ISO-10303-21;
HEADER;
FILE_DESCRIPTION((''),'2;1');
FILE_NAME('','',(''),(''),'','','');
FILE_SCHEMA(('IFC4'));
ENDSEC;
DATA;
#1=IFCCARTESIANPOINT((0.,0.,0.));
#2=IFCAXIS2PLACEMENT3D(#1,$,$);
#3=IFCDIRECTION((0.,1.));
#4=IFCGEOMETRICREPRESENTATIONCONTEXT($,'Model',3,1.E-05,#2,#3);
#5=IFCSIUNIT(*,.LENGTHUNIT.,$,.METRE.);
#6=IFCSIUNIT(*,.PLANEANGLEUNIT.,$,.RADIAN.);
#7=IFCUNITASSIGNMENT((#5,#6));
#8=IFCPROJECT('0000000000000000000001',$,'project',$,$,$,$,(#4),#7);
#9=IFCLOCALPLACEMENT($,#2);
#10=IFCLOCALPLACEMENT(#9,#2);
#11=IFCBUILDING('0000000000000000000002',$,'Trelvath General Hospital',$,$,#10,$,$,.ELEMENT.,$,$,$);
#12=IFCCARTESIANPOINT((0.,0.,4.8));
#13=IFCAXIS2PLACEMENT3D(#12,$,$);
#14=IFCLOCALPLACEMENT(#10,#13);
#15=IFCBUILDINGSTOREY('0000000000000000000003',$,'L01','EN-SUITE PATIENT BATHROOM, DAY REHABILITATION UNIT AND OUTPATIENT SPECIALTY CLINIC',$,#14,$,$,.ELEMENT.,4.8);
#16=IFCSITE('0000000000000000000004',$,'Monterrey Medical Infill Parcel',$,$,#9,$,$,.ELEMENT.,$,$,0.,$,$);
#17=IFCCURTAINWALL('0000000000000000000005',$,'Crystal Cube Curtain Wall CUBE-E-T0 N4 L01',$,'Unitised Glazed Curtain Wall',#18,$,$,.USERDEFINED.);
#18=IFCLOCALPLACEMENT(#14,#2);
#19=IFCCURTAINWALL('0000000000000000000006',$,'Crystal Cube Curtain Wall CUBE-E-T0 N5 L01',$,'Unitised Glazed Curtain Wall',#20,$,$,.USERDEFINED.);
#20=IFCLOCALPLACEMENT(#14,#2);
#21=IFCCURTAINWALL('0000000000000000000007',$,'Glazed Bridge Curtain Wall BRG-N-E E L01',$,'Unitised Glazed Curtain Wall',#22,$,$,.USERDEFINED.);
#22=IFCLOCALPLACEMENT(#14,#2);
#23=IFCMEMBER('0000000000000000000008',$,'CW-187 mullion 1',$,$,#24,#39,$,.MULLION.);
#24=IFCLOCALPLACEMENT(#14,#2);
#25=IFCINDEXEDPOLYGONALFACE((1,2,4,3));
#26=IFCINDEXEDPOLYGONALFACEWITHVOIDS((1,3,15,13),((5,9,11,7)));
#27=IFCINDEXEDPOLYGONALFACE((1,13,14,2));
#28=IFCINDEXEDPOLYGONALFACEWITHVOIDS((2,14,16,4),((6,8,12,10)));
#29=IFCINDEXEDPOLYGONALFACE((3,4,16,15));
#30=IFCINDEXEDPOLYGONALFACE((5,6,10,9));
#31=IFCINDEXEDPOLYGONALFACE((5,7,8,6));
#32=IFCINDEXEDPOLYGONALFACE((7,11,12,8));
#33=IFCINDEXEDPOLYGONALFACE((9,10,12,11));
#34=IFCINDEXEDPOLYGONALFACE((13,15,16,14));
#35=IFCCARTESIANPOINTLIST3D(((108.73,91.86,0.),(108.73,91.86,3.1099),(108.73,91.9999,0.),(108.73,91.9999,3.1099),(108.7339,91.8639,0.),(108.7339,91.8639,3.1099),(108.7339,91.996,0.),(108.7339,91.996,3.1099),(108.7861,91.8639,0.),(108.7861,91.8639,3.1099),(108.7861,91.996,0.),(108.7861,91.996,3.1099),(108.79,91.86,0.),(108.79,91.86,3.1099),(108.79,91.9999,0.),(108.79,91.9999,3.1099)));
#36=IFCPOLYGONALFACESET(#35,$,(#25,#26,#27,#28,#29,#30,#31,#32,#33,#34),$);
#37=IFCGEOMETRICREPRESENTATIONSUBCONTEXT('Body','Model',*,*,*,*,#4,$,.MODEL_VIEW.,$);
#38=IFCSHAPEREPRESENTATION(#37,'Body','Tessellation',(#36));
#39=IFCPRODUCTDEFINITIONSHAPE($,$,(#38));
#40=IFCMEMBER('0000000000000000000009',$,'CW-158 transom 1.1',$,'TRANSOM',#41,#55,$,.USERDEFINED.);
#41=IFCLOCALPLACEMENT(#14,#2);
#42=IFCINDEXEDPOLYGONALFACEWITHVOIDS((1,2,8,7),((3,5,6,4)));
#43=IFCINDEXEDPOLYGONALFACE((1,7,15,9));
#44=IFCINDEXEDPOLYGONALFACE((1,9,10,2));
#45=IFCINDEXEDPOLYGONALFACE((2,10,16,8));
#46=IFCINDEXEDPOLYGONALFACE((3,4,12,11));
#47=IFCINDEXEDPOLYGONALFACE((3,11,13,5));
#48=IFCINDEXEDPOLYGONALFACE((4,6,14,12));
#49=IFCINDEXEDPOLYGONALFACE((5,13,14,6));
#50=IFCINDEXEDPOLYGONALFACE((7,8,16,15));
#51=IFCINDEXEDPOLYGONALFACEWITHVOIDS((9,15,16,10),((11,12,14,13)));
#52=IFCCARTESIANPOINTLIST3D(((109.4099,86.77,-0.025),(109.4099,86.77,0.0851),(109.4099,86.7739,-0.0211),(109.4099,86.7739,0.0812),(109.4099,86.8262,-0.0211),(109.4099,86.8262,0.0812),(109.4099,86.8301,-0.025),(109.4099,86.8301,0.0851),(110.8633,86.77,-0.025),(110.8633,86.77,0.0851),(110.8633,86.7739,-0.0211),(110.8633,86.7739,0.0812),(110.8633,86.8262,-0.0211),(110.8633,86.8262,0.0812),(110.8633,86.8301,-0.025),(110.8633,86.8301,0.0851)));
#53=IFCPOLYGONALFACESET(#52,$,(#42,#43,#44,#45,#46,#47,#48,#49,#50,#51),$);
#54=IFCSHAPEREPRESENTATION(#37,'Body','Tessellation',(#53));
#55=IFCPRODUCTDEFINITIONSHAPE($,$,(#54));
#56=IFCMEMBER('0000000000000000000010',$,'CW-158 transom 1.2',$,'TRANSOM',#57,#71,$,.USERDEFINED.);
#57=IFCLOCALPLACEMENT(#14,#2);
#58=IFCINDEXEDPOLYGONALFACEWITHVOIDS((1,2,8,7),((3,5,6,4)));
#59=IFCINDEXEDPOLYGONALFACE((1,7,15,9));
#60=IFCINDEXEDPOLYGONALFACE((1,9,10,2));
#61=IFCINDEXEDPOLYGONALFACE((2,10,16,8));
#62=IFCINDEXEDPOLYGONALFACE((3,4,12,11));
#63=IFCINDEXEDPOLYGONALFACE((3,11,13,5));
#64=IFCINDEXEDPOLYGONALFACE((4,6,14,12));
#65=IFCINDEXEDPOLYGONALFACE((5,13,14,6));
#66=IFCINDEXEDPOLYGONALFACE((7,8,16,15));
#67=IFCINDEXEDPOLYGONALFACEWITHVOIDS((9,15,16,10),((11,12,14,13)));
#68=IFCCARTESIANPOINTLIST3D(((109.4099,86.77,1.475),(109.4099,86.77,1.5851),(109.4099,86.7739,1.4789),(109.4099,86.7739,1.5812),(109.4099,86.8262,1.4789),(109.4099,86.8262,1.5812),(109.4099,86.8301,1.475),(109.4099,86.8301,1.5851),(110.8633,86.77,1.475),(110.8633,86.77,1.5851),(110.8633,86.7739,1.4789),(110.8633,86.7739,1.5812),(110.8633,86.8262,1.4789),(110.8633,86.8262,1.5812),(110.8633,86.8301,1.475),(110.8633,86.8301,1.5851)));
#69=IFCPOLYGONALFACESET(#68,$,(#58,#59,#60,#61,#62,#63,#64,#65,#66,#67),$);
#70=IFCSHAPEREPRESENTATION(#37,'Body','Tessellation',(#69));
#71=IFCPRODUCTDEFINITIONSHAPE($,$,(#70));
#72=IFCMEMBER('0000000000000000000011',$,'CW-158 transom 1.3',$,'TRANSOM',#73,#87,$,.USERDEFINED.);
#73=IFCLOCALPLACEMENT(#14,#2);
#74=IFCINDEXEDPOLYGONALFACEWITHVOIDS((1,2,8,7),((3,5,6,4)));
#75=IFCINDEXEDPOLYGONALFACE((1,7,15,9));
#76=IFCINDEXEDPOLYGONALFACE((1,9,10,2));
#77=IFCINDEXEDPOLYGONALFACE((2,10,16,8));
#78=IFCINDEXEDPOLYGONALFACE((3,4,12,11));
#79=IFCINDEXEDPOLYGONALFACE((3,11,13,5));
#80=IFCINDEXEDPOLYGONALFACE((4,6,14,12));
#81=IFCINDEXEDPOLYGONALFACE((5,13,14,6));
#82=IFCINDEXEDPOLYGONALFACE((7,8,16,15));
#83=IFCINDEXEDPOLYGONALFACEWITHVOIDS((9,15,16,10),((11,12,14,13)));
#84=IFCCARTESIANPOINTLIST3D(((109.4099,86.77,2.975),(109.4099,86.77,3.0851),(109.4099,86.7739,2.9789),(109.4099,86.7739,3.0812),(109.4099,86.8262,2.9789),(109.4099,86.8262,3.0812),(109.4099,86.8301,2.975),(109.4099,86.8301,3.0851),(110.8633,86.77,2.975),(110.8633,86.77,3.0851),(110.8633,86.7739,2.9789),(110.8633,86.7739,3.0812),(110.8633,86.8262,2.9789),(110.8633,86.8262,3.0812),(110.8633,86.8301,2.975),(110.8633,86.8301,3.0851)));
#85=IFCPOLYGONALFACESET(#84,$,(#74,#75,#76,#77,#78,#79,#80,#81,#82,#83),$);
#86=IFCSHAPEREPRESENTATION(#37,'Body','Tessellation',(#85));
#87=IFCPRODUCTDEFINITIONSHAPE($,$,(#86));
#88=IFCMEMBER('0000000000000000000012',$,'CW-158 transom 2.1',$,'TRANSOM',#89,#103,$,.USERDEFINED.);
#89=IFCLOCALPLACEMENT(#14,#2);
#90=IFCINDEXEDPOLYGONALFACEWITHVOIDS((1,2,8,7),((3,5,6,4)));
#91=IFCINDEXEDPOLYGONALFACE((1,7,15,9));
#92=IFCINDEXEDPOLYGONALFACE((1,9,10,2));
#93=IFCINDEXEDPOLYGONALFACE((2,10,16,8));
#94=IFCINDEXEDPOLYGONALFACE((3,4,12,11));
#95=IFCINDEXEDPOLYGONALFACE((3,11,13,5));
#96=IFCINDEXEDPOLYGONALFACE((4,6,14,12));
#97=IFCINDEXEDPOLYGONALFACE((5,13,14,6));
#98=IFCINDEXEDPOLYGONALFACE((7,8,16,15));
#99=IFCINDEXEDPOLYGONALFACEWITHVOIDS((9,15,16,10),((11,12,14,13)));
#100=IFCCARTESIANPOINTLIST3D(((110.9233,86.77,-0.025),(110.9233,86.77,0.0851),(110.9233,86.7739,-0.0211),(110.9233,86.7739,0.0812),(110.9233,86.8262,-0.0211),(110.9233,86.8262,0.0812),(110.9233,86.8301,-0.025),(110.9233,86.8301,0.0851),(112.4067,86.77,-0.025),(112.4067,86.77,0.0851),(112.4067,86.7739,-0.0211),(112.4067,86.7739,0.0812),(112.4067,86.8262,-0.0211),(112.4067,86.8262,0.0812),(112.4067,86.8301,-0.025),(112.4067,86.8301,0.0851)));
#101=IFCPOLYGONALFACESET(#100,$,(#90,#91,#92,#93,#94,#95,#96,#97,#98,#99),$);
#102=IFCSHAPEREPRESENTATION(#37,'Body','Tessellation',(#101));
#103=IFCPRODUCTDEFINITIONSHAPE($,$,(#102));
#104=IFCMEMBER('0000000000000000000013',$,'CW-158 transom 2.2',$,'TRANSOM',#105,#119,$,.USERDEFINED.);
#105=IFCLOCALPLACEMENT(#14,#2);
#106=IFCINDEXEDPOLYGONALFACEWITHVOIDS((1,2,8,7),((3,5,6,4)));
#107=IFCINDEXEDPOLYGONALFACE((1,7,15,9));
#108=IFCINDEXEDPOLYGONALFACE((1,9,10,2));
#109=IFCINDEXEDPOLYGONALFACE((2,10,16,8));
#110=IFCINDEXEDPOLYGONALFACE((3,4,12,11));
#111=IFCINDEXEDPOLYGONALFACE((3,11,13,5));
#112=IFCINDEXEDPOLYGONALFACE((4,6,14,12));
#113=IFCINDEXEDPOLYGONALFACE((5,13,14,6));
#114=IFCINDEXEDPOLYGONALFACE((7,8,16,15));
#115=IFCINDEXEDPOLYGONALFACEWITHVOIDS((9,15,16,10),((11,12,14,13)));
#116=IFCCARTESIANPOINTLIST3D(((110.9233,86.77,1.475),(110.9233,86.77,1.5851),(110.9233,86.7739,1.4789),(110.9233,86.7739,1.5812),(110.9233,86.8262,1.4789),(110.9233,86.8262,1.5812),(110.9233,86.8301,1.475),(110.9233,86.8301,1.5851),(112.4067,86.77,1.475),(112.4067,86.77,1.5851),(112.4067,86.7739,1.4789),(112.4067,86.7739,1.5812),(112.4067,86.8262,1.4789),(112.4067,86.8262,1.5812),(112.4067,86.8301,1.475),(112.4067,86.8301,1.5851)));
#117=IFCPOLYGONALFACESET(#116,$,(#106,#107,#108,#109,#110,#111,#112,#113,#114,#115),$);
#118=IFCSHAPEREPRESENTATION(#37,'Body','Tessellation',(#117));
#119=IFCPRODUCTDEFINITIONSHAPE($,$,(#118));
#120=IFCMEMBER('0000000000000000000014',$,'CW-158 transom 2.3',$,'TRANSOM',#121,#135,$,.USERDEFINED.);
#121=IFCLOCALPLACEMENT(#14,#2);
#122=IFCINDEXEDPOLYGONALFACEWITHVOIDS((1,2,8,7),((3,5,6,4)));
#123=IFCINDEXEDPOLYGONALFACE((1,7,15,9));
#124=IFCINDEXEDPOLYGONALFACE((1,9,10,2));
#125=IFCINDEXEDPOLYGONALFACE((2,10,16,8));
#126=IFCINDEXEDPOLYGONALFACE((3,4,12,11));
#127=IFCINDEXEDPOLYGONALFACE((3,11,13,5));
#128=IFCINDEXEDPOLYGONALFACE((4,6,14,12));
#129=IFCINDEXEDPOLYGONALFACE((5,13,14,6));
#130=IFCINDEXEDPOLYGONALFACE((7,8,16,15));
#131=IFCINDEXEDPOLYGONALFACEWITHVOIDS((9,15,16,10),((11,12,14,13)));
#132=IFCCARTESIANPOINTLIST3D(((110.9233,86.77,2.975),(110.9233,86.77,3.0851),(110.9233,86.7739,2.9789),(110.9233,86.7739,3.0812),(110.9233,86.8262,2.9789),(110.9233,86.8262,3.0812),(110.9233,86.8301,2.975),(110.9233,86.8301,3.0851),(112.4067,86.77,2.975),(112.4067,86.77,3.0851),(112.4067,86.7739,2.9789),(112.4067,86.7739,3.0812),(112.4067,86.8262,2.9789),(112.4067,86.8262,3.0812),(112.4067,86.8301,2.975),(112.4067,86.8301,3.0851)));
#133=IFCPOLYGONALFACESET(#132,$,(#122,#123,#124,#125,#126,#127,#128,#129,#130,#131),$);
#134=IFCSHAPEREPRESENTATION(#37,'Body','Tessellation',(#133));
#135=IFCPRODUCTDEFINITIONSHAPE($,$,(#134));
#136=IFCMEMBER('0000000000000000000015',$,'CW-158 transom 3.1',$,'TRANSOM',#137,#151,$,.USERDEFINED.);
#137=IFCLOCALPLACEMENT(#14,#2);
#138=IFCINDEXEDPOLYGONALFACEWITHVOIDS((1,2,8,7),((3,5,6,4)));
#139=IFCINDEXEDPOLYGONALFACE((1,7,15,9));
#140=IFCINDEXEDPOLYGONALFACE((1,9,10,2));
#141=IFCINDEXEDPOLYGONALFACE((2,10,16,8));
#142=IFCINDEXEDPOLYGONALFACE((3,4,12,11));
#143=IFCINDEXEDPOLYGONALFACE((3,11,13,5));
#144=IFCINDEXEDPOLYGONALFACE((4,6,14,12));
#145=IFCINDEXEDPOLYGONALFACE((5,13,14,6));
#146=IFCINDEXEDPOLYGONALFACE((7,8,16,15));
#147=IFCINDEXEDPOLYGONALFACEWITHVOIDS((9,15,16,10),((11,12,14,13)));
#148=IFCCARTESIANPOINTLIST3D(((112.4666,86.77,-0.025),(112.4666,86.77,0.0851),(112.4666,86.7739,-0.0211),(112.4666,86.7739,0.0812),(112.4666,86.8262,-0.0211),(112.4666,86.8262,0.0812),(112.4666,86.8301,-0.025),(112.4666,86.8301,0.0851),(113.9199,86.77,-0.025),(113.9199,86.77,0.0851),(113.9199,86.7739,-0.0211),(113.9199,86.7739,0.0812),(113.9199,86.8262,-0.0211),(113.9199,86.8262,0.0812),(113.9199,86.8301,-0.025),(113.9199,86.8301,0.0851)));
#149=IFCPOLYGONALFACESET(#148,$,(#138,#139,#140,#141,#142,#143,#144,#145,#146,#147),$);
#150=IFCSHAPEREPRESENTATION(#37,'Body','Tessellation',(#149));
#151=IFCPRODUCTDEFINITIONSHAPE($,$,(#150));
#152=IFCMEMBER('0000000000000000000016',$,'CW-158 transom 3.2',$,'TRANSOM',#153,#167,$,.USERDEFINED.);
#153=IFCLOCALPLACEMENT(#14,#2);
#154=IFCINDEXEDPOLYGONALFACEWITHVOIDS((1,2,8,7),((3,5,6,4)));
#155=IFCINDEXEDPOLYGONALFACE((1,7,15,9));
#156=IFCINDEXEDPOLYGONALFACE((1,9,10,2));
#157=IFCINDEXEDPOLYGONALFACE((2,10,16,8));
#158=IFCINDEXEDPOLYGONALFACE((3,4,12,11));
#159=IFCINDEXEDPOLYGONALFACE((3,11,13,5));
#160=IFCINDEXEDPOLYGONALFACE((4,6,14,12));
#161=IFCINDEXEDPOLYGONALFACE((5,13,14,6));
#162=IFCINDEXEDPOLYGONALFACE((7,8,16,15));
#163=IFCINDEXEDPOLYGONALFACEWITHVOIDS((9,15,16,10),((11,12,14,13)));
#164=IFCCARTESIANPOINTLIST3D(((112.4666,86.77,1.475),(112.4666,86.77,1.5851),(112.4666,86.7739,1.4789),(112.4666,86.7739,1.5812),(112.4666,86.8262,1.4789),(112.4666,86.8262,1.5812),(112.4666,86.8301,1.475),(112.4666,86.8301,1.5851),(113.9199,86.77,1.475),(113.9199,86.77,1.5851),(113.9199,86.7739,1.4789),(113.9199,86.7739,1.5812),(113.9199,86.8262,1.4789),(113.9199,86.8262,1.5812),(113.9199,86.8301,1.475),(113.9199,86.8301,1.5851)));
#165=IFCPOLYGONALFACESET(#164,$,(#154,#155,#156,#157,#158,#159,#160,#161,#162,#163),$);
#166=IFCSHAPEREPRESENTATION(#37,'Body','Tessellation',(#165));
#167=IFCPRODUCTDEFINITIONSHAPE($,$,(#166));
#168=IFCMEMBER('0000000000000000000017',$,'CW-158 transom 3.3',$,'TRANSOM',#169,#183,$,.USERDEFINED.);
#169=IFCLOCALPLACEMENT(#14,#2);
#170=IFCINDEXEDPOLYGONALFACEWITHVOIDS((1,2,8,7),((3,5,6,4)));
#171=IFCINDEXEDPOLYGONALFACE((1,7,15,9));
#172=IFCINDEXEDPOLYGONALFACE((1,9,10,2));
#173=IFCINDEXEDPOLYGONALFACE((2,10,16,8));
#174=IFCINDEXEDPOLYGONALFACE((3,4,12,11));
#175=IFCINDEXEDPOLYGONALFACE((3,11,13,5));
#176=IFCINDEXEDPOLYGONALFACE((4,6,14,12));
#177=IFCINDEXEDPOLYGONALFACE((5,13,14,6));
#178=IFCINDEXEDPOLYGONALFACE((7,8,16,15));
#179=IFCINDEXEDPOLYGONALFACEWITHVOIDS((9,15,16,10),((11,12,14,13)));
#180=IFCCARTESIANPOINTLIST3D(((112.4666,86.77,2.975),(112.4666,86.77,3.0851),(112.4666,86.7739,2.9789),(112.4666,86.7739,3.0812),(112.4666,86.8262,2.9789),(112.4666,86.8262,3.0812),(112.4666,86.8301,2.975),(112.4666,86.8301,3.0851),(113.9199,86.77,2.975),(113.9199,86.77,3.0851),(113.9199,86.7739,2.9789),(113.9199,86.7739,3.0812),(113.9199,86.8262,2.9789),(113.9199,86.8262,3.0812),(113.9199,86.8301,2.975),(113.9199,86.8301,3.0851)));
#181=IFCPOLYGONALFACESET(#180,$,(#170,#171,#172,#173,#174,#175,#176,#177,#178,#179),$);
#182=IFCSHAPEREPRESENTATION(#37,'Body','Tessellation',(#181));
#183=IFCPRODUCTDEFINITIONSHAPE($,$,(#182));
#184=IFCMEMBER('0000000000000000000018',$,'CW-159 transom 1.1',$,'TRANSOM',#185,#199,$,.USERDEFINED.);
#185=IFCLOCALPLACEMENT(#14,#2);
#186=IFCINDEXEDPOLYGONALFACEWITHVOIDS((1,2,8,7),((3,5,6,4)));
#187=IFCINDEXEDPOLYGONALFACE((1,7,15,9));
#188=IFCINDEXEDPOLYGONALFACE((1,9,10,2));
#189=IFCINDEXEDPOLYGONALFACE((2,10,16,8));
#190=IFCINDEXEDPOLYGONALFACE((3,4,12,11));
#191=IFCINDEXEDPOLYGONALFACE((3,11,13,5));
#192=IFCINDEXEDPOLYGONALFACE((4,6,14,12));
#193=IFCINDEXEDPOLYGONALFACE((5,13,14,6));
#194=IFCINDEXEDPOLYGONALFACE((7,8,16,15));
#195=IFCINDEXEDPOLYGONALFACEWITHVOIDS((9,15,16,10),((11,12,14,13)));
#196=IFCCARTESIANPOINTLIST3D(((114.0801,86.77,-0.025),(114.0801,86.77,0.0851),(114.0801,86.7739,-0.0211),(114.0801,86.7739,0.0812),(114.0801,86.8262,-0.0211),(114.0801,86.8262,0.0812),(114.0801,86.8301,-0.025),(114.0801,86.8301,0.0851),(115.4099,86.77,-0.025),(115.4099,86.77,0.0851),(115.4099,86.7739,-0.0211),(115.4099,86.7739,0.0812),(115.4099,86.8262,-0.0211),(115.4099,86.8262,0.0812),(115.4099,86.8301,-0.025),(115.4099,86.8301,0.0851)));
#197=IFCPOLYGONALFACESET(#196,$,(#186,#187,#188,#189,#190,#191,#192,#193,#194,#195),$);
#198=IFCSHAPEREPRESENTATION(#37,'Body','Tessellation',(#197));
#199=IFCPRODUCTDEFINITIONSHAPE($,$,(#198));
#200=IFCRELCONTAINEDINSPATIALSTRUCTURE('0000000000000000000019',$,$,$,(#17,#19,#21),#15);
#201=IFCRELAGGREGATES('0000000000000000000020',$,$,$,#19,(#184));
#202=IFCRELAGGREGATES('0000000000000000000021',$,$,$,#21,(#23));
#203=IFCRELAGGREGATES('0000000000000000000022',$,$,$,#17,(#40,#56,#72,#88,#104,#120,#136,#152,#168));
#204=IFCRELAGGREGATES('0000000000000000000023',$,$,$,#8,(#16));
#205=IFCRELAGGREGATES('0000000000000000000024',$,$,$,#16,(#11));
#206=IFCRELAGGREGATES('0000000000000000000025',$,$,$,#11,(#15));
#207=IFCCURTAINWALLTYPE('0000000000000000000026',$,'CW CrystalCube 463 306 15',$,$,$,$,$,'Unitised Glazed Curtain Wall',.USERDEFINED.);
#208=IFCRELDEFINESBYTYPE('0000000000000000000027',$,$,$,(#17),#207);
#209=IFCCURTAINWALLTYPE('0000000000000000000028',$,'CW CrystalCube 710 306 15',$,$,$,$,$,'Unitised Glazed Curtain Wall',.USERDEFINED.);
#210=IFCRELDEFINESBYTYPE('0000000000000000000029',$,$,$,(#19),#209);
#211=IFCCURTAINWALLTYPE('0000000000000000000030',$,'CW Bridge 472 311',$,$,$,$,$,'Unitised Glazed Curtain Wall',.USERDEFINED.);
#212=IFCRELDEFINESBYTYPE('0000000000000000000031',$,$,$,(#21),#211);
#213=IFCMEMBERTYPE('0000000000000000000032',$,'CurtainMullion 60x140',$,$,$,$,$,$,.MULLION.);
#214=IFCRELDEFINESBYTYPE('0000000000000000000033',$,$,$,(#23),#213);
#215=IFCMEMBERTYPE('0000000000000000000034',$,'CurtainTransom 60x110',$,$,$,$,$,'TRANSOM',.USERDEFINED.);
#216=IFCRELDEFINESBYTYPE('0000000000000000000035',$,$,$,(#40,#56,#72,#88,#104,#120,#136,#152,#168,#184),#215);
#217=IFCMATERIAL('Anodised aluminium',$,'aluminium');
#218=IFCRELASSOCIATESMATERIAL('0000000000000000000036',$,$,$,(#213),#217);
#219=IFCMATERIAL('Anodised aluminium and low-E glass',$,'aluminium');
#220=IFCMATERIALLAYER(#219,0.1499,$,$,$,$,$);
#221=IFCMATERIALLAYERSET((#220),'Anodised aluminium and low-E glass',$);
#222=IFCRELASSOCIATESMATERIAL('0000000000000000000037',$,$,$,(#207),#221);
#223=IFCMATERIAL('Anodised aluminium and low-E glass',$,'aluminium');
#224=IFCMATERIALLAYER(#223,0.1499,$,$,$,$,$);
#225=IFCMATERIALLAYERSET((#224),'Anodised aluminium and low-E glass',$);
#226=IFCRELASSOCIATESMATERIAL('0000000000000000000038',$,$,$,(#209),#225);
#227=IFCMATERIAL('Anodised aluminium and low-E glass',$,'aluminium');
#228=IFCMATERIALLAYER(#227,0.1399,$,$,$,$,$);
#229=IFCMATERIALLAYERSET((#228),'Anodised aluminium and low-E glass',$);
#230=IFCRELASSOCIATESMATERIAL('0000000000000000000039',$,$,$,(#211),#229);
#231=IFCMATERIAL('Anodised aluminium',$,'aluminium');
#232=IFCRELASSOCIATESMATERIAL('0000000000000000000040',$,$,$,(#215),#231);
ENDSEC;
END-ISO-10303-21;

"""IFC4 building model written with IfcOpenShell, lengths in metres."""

from ifc_helpers import new_model, si_unit, direction, frame, origin, origin_2d, place, context, subcontext, project, spatial, hollow_rectangle, extrude, material, layer, layer_set, material_profile, profile_set, type_object, element, aggregate, save


model = new_model("IFC4")

# Units and contexts
model_context = context("Model", 3, precision=1e-05, world=origin(), true_north=direction((0.0, 1.0)))
body_context = subcontext(model_context, "Body", "Model", "MODEL_VIEW")
ifc_project = project(units=[si_unit("LENGTHUNIT", "METRE"), si_unit("PLANEANGLEUNIT", "RADIAN")], contexts=[model_context])

# Site, building, storey
site_placement = place(None, origin())
site = spatial("IfcSite", under=ifc_project, at=site_placement, Name="Monterrey Medical Infill Parcel", CompositionType="ELEMENT", RefElevation=0.0)
building_placement = place(site_placement, origin())
building = spatial("IfcBuilding", under=site, at=building_placement, Name="Trelvath General Hospital", CompositionType="ELEMENT")
storey_placement = place(building_placement, frame((0.0, 0.0, 4.8)))
storey = spatial("IfcBuildingStorey", under=building, at=storey_placement, Name="L01", Description="EN-SUITE PATIENT BATHROOM, DAY REHABILITATION UNIT AND OUTPATIENT SPECIALTY CLINIC", CompositionType="ELEMENT", Elevation=4.8)

# Shared definitions
ifc_material_1 = material(Name="Anodised aluminium", Category="aluminium")
ifc_material_profile_1 = material_profile(ifc_material_1, hollow_rectangle(XDim=0.0601, YDim=0.1399, WallThickness=0.0039, at=origin_2d()), Name="RHS60x140x4")
ifc_profile_set_1 = profile_set([ifc_material_profile_1], Name="Anodised aluminium")
member_type_1 = type_object("IfcMemberType", Name="CurtainMullion 60x140", PredefinedType="MULLION", material=ifc_profile_set_1)

# Curtain wall
ifc_material_2 = material(Name="Anodised aluminium and low-E glass", Category="aluminium")
ifc_layer_1 = layer(ifc_material_2, 0.1499)
ifc_layer_set_1 = layer_set([ifc_layer_1], Name="Anodised aluminium and low-E glass")
curtain_wall_type_1 = type_object("IfcCurtainWallType", Name="CW CrystalCube 463 306 15", ElementType="Unitised Glazed Curtain Wall", PredefinedType="USERDEFINED", material=ifc_layer_set_1)
curtain_wall_1_placement = place(storey_placement, origin())
curtain_wall_1 = element("IfcCurtainWall", 1, at=curtain_wall_1_placement, inside=storey, type_object=curtain_wall_type_1, Name="Crystal Cube Curtain Wall CUBE-E-T0 N4 L01", ObjectType="Unitised Glazed Curtain Wall", PredefinedType="USERDEFINED")

# Curtain walls, member
ifc_material_3 = material(Name="Anodised aluminium and low-E glass", Category="aluminium")
ifc_layer_2 = layer(ifc_material_3, 0.1499)
ifc_layer_set_2 = layer_set([ifc_layer_2], Name="Anodised aluminium and low-E glass")
curtain_wall_type_2 = type_object("IfcCurtainWallType", Name="CW CrystalCube 710 306 15", ElementType="Unitised Glazed Curtain Wall", PredefinedType="USERDEFINED", material=ifc_layer_set_2)
curtain_wall_2_placement = place(storey_placement, origin())
curtain_wall_2 = element("IfcCurtainWall", 2, at=curtain_wall_2_placement, inside=storey, type_object=curtain_wall_type_2, Name="Crystal Cube Curtain Wall CUBE-E-T0 N5 L01", ObjectType="Unitised Glazed Curtain Wall", PredefinedType="USERDEFINED")
ifc_material_4 = material(Name="Anodised aluminium and low-E glass", Category="aluminium")
ifc_layer_3 = layer(ifc_material_4, 0.1399)
ifc_layer_set_3 = layer_set([ifc_layer_3], Name="Anodised aluminium and low-E glass")
curtain_wall_type_3 = type_object("IfcCurtainWallType", Name="CW Bridge 472 311", ElementType="Unitised Glazed Curtain Wall", PredefinedType="USERDEFINED", material=ifc_layer_set_3)
curtain_wall_3_placement = place(storey_placement, origin())
curtain_wall_3 = element("IfcCurtainWall", 3, at=curtain_wall_3_placement, inside=storey, type_object=curtain_wall_type_3, Name="Glazed Bridge Curtain Wall BRG-N-E E L01", ObjectType="Unitised Glazed Curtain Wall", PredefinedType="USERDEFINED")
member_1_placement = place(storey_placement, frame((108.76, 91.9299, 0.0), z_axis=(0.0, 0.0, 1.0), x_axis=(1.0, 0.0, 0.0)))
member_1 = element("IfcMember", 4, at=member_1_placement, type_object=member_type_1, Name="CW-187 mullion 1", PredefinedType="MULLION", context=body_context, shape_type="SweptSolid", body=[
    extrude(hollow_rectangle(XDim=0.0601, YDim=0.1399, WallThickness=0.0039, at=origin_2d()), origin(), (0.0, 0.0, 1.0), 3.1099),
])

# Members
ifc_material_5 = material(Name="Anodised aluminium", Category="aluminium")
ifc_material_profile_2 = material_profile(ifc_material_5, hollow_rectangle(XDim=0.0601, YDim=0.1101, WallThickness=0.0039, at=origin_2d()), Name="RHS60x110x4")
ifc_profile_set_2 = profile_set([ifc_material_profile_2], Name="Anodised aluminium")
member_type_2 = type_object("IfcMemberType", Name="CurtainTransom 60x110", ElementType="TRANSOM", PredefinedType="USERDEFINED", material=ifc_profile_set_2)
member_2_placement = place(storey_placement, frame((109.4099, 86.8, 0.03), z_axis=(1.0, 0.0, 0.0), x_axis=(0.0, 1.0, 0.0)))
member_2 = element("IfcMember", 5, at=member_2_placement, type_object=member_type_2, Name="CW-158 transom 1.1", ObjectType="TRANSOM", PredefinedType="USERDEFINED", context=body_context, shape_type="SweptSolid", body=[
    extrude(hollow_rectangle(XDim=0.0601, YDim=0.1101, WallThickness=0.0039, at=origin_2d()), origin(), (0.0, 0.0, 1.0), 1.4534),
])
member_3_placement = place(storey_placement, frame((109.4099, 86.8, 1.53), z_axis=(1.0, 0.0, 0.0), x_axis=(0.0, 1.0, 0.0)))
member_3 = element("IfcMember", 6, at=member_3_placement, type_object=member_type_2, Name="CW-158 transom 1.2", ObjectType="TRANSOM", PredefinedType="USERDEFINED", context=body_context, shape_type="SweptSolid", body=[
    extrude(hollow_rectangle(XDim=0.0601, YDim=0.1101, WallThickness=0.0039, at=origin_2d()), origin(), (0.0, 0.0, 1.0), 1.4534),
])
member_4_placement = place(storey_placement, frame((109.4099, 86.8, 3.03), z_axis=(1.0, 0.0, 0.0), x_axis=(0.0, 1.0, 0.0)))
member_4 = element("IfcMember", 7, at=member_4_placement, type_object=member_type_2, Name="CW-158 transom 1.3", ObjectType="TRANSOM", PredefinedType="USERDEFINED", context=body_context, shape_type="SweptSolid", body=[
    extrude(hollow_rectangle(XDim=0.0601, YDim=0.1101, WallThickness=0.0039, at=origin_2d()), origin(), (0.0, 0.0, 1.0), 1.4534),
])
member_5_placement = place(storey_placement, frame((110.9233, 86.8, 0.03), z_axis=(1.0, 0.0, 0.0), x_axis=(0.0, 1.0, 0.0)))
member_5 = element("IfcMember", 8, at=member_5_placement, type_object=member_type_2, Name="CW-158 transom 2.1", ObjectType="TRANSOM", PredefinedType="USERDEFINED", context=body_context, shape_type="SweptSolid", body=[
    extrude(hollow_rectangle(XDim=0.0601, YDim=0.1101, WallThickness=0.0039, at=origin_2d()), origin(), (0.0, 0.0, 1.0), 1.4834),
])
member_6_placement = place(storey_placement, frame((110.9233, 86.8, 1.53), z_axis=(1.0, 0.0, 0.0), x_axis=(0.0, 1.0, 0.0)))
member_6 = element("IfcMember", 9, at=member_6_placement, type_object=member_type_2, Name="CW-158 transom 2.2", ObjectType="TRANSOM", PredefinedType="USERDEFINED", context=body_context, shape_type="SweptSolid", body=[
    extrude(hollow_rectangle(XDim=0.0601, YDim=0.1101, WallThickness=0.0039, at=origin_2d()), origin(), (0.0, 0.0, 1.0), 1.4834),
])
member_7_placement = place(storey_placement, frame((110.9233, 86.8, 3.03), z_axis=(1.0, 0.0, 0.0), x_axis=(0.0, 1.0, 0.0)))
member_7 = element("IfcMember", 10, at=member_7_placement, type_object=member_type_2, Name="CW-158 transom 2.3", ObjectType="TRANSOM", PredefinedType="USERDEFINED", context=body_context, shape_type="SweptSolid", body=[
    extrude(hollow_rectangle(XDim=0.0601, YDim=0.1101, WallThickness=0.0039, at=origin_2d()), origin(), (0.0, 0.0, 1.0), 1.4834),
])
member_8_placement = place(storey_placement, frame((112.4666, 86.8, 0.03), z_axis=(1.0, 0.0, 0.0), x_axis=(0.0, 1.0, 0.0)))
member_8 = element("IfcMember", 11, at=member_8_placement, type_object=member_type_2, Name="CW-158 transom 3.1", ObjectType="TRANSOM", PredefinedType="USERDEFINED", context=body_context, shape_type="SweptSolid", body=[
    extrude(hollow_rectangle(XDim=0.0601, YDim=0.1101, WallThickness=0.0039, at=origin_2d()), origin(), (0.0, 0.0, 1.0), 1.4534),
])
member_9_placement = place(storey_placement, frame((112.4666, 86.8, 1.53), z_axis=(1.0, 0.0, 0.0), x_axis=(0.0, 1.0, 0.0)))
member_9 = element("IfcMember", 12, at=member_9_placement, type_object=member_type_2, Name="CW-158 transom 3.2", ObjectType="TRANSOM", PredefinedType="USERDEFINED", context=body_context, shape_type="SweptSolid", body=[
    extrude(hollow_rectangle(XDim=0.0601, YDim=0.1101, WallThickness=0.0039, at=origin_2d()), origin(), (0.0, 0.0, 1.0), 1.4534),
])
member_10_placement = place(storey_placement, frame((112.4666, 86.8, 3.03), z_axis=(1.0, 0.0, 0.0), x_axis=(0.0, 1.0, 0.0)))
member_10 = element("IfcMember", 13, at=member_10_placement, type_object=member_type_2, Name="CW-158 transom 3.3", ObjectType="TRANSOM", PredefinedType="USERDEFINED", context=body_context, shape_type="SweptSolid", body=[
    extrude(hollow_rectangle(XDim=0.0601, YDim=0.1101, WallThickness=0.0039, at=origin_2d()), origin(), (0.0, 0.0, 1.0), 1.4534),
])
member_11_placement = place(storey_placement, frame((114.0801, 86.8, 0.03), z_axis=(1.0, 0.0, 0.0), x_axis=(0.0, 1.0, 0.0)))
member_11 = element("IfcMember", 14, at=member_11_placement, type_object=member_type_2, Name="CW-159 transom 1.1", ObjectType="TRANSOM", PredefinedType="USERDEFINED", context=body_context, shape_type="SweptSolid", body=[
    extrude(hollow_rectangle(XDim=0.0601, YDim=0.1101, WallThickness=0.0039, at=origin_2d()), origin(), (0.0, 0.0, 1.0), 1.3298),
])
aggregate(curtain_wall_2, [member_11])
aggregate(curtain_wall_3, [member_1])

aggregate(curtain_wall_1, [member_2, member_3, member_4, member_5, member_6, member_7, member_8, member_9, member_10])

save(model, "model.ifc")
